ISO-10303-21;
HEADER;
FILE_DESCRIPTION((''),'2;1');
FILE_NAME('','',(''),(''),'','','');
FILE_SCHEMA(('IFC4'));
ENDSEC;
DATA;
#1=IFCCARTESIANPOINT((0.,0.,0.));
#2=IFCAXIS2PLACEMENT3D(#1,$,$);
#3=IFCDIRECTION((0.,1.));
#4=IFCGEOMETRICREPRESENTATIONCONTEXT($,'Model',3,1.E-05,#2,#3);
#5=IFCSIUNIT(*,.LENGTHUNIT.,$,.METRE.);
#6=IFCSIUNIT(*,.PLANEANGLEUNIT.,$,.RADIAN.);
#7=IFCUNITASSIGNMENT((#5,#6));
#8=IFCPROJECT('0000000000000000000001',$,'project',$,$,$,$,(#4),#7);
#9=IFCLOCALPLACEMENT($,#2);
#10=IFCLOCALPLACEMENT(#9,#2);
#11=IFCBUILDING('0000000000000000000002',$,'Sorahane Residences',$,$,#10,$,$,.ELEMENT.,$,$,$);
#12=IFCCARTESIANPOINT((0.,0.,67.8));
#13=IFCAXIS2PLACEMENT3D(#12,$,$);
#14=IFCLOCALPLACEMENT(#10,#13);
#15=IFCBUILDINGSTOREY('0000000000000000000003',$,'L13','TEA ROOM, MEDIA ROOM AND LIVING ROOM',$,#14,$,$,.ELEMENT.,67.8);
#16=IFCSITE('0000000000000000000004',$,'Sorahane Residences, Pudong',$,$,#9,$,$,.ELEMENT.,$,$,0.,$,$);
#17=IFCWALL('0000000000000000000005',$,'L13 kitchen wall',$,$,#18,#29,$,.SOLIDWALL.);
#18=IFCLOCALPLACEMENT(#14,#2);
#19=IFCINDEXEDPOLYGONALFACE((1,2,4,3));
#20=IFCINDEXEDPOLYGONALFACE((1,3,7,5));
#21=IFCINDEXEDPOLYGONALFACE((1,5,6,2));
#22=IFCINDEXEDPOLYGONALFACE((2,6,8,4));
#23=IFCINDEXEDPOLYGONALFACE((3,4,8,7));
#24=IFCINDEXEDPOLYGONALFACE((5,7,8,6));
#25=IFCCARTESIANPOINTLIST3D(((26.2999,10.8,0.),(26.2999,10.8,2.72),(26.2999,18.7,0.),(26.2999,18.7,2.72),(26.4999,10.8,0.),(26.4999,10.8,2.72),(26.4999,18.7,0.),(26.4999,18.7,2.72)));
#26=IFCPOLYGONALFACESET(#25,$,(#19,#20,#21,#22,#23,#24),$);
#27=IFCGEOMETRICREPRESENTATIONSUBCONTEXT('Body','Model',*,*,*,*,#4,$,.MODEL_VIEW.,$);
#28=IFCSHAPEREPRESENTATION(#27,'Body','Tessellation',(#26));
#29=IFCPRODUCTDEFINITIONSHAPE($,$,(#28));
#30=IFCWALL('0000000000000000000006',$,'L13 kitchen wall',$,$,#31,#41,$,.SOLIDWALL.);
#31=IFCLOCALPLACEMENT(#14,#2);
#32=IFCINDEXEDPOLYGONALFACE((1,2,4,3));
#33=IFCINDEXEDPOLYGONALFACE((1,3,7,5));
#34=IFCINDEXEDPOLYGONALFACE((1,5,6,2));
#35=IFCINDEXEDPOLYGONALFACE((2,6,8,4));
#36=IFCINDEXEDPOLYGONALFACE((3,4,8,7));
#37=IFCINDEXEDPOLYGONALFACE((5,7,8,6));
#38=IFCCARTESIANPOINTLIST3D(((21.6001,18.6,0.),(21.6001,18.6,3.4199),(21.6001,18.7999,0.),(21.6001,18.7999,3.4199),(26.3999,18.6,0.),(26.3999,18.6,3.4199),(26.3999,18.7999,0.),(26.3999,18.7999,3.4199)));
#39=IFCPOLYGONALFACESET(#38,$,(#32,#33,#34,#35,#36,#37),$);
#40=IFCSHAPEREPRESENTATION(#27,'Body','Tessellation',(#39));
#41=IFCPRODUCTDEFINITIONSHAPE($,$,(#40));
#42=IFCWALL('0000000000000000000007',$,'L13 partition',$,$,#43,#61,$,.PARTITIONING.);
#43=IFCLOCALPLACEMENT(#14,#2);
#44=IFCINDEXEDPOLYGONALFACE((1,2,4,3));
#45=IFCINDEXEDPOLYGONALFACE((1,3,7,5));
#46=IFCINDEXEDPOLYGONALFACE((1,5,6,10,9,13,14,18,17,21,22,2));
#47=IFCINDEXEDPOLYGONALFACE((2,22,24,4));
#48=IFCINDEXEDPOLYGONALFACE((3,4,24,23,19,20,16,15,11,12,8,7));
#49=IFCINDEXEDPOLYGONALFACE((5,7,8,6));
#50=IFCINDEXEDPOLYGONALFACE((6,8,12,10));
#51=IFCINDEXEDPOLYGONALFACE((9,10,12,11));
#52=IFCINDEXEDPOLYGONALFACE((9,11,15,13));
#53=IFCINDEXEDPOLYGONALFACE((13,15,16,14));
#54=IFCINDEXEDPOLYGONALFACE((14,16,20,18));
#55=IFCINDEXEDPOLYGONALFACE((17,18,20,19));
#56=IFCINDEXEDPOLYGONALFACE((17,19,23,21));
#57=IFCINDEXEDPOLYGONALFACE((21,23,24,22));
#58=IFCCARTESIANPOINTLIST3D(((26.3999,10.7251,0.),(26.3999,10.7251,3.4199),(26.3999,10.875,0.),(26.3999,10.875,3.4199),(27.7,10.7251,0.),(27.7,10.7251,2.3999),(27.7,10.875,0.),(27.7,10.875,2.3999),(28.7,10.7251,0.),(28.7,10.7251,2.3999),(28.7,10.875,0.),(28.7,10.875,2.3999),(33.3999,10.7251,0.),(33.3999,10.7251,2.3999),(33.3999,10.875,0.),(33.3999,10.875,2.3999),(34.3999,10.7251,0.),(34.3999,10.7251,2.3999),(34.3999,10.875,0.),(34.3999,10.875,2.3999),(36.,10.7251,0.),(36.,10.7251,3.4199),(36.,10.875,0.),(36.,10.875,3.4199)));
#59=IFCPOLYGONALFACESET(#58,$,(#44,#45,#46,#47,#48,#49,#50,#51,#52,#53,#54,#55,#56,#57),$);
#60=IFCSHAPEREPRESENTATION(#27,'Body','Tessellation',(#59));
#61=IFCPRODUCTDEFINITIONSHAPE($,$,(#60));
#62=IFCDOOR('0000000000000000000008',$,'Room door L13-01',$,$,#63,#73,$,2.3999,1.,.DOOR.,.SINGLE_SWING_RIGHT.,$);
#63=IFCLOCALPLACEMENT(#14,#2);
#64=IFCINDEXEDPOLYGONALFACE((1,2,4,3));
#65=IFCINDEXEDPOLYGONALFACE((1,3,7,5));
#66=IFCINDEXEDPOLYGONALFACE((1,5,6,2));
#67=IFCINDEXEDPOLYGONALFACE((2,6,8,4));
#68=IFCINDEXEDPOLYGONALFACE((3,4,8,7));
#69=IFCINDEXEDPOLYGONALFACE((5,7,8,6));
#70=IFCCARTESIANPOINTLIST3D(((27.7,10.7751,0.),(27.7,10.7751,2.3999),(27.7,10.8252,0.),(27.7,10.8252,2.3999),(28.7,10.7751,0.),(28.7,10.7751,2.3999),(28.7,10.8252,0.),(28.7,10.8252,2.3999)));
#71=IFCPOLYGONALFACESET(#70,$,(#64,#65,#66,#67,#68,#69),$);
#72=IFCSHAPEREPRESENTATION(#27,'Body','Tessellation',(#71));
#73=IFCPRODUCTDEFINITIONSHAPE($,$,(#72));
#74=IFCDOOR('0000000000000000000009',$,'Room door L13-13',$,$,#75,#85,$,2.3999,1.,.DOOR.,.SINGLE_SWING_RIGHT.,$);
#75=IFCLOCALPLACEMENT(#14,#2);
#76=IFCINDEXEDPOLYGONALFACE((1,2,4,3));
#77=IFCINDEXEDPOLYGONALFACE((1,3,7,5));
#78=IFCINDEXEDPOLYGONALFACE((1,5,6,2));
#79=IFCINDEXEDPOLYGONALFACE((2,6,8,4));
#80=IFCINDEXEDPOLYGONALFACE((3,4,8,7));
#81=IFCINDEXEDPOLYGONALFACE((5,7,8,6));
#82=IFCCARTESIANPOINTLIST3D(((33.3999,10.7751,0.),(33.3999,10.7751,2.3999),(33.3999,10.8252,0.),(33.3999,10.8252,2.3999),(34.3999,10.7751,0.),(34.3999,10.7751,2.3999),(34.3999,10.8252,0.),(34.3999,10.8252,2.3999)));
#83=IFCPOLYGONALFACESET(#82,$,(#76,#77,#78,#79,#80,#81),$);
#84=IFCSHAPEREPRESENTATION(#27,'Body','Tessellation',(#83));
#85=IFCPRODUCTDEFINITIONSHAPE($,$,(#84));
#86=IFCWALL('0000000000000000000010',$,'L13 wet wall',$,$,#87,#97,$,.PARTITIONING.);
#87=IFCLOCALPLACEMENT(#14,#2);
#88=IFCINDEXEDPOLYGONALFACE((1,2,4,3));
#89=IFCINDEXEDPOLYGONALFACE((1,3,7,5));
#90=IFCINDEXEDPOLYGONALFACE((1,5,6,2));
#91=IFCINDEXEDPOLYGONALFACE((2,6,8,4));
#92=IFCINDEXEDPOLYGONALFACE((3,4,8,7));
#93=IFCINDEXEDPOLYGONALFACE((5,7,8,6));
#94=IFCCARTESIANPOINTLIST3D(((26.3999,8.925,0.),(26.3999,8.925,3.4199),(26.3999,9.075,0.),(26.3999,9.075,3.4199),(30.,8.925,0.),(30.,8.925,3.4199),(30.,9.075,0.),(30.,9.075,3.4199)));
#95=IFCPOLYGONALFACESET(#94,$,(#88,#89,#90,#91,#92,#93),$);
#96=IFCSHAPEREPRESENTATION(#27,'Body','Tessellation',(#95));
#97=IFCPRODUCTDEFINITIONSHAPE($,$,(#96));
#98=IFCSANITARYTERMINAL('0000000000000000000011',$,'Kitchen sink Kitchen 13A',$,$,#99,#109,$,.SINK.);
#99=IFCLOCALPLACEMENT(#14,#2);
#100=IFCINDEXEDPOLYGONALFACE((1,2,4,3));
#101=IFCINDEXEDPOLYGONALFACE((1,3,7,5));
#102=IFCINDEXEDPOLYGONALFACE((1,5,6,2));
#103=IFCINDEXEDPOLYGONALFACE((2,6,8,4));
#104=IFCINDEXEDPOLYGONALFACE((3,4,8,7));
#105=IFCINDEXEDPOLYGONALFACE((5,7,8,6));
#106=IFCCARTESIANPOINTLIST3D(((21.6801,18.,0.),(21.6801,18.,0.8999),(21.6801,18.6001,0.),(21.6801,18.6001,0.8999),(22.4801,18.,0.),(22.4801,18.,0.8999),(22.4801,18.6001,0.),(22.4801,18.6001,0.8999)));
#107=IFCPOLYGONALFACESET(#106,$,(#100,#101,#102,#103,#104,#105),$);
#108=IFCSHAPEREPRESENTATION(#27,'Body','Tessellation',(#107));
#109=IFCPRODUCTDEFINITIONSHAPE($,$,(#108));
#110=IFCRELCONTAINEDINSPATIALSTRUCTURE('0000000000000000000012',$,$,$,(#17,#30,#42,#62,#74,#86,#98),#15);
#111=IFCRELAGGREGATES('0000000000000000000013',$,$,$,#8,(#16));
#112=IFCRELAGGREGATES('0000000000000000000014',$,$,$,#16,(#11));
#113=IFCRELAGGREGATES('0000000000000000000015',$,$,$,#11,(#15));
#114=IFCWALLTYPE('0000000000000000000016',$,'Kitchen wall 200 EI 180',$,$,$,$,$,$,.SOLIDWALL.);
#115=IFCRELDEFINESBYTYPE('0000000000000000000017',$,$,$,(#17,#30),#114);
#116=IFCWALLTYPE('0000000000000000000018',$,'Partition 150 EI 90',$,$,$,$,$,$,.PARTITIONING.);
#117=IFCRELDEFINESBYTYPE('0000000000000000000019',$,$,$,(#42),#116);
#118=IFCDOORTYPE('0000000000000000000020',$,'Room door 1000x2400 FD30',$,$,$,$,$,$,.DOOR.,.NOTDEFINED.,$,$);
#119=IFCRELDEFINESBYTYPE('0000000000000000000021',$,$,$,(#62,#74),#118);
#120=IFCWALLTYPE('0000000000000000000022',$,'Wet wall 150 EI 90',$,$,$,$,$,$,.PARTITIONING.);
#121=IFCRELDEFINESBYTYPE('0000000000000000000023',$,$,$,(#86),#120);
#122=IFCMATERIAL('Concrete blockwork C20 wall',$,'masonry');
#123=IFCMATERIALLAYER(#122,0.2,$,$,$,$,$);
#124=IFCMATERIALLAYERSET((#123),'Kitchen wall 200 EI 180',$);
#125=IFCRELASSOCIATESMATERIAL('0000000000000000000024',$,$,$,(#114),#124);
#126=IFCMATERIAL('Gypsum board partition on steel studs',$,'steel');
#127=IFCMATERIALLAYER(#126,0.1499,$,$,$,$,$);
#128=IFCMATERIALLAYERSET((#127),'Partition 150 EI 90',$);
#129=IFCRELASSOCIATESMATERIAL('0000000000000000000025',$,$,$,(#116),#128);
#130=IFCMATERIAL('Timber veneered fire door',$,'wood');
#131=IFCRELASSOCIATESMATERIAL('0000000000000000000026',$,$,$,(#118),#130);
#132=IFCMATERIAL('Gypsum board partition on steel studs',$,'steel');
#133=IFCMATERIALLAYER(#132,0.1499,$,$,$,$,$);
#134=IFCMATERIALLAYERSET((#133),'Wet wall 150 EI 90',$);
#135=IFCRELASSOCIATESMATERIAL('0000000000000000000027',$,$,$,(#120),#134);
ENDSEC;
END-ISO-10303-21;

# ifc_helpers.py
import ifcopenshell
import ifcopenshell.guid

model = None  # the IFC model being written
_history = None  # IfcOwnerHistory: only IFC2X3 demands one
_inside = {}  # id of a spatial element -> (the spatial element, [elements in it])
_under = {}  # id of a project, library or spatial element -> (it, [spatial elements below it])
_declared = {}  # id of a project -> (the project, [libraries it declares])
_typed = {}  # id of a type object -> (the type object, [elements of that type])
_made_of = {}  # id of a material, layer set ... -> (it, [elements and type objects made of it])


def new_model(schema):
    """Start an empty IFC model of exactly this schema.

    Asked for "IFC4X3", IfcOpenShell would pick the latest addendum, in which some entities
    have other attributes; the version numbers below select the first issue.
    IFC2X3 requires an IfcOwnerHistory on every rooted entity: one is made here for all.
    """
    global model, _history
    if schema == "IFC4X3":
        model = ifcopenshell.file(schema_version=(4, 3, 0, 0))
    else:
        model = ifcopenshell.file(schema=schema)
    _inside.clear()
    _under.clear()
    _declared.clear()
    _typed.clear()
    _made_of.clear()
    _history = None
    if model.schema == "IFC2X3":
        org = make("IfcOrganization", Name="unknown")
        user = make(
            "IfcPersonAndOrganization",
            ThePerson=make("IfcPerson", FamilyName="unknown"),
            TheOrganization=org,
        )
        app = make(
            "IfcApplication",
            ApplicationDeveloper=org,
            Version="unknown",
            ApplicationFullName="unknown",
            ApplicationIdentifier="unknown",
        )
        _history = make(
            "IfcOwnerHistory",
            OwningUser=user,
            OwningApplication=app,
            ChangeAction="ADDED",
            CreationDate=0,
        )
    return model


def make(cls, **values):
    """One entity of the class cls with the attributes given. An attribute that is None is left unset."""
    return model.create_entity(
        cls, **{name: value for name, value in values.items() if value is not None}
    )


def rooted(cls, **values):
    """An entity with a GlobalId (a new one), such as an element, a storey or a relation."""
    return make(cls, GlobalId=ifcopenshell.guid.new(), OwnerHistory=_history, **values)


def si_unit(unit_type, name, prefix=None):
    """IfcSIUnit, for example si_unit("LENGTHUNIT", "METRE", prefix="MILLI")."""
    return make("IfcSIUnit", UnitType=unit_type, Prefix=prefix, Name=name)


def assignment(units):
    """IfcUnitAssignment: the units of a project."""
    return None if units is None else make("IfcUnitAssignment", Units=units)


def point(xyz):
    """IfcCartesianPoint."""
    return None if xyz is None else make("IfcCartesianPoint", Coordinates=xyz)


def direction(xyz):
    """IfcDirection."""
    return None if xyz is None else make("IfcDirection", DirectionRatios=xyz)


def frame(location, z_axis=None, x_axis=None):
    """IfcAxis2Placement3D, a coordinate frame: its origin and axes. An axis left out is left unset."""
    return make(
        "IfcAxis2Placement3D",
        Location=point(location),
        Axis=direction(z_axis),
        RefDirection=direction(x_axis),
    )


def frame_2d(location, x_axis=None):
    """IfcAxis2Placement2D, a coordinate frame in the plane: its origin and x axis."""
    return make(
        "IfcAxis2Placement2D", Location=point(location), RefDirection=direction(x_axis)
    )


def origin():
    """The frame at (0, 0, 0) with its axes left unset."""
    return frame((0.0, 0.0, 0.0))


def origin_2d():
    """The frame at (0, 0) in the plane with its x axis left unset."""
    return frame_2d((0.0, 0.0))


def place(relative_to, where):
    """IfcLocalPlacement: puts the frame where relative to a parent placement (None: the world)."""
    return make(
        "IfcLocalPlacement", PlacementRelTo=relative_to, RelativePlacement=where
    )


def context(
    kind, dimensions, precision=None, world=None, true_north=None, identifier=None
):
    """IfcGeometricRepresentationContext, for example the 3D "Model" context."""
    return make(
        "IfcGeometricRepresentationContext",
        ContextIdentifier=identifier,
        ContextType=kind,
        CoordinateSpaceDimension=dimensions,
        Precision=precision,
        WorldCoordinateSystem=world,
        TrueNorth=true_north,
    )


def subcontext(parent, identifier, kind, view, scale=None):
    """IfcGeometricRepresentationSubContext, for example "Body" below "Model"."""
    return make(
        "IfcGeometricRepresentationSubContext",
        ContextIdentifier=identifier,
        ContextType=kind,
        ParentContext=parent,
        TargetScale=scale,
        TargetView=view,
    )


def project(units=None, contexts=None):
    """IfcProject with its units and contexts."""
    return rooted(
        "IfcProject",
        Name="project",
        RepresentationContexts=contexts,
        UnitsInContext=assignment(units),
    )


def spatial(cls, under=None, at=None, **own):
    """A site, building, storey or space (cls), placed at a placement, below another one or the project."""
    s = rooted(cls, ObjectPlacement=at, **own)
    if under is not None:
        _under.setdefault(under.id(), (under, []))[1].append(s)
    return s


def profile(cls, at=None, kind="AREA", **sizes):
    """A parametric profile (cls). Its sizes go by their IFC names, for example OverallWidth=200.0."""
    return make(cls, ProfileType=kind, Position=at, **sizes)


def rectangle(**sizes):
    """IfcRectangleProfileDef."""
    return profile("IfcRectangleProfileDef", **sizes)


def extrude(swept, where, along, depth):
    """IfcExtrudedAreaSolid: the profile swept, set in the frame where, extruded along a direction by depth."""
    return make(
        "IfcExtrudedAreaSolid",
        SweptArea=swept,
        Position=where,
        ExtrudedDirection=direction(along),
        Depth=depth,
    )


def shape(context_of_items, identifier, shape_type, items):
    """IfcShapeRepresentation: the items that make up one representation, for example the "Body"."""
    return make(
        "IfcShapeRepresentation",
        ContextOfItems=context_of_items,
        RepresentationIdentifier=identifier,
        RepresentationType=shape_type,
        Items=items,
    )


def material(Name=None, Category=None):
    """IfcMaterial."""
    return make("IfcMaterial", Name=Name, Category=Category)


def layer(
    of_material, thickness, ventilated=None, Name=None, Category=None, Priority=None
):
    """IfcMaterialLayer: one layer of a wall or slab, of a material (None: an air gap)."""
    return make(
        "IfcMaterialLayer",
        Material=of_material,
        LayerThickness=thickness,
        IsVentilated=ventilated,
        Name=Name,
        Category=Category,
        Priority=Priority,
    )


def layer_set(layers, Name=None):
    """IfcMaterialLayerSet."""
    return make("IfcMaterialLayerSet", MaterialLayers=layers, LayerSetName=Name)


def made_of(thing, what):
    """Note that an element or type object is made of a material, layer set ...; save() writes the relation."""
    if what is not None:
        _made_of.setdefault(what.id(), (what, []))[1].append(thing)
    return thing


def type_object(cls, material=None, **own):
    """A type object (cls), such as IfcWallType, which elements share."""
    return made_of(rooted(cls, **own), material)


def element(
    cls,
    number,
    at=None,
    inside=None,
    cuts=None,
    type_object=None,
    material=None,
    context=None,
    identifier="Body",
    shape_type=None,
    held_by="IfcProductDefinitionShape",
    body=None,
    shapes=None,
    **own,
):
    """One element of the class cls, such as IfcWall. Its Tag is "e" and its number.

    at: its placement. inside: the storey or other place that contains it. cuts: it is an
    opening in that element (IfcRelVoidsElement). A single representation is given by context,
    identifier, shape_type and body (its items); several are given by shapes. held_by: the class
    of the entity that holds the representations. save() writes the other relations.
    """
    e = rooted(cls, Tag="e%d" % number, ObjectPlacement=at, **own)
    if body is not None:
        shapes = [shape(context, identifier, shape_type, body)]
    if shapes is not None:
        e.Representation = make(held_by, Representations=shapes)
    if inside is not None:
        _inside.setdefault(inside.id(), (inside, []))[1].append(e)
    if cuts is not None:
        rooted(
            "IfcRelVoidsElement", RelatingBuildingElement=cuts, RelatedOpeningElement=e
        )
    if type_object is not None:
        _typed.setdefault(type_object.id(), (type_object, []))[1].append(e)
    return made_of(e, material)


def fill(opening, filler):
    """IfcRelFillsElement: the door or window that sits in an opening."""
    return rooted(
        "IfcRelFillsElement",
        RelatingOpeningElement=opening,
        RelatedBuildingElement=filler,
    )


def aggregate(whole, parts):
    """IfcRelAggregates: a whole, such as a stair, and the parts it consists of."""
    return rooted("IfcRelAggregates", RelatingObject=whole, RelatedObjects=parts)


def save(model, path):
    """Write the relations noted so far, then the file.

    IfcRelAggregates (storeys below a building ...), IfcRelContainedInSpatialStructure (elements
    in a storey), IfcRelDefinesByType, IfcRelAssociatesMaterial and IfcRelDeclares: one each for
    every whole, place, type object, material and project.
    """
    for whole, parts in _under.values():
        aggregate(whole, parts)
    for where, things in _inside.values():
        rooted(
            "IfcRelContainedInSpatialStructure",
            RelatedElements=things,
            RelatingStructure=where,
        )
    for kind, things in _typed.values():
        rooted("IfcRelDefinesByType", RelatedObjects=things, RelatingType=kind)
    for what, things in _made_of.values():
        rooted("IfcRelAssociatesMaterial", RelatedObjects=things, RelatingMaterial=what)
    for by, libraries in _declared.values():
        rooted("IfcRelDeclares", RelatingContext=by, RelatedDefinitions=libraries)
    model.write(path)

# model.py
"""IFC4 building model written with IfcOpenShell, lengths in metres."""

from ifc_helpers import new_model, si_unit, direction, frame, frame_2d, origin, origin_2d, place, context, subcontext, project, spatial, rectangle, extrude, material, layer, layer_set, type_object, element, fill, save


model = new_model("IFC4")

# Units and contexts
model_context = context("Model", 3, precision=1e-05, world=origin(), true_north=direction((0.0, 1.0)))
body_context = subcontext(model_context, "Body", "Model", "MODEL_VIEW")
ifc_project = project(units=[si_unit("LENGTHUNIT", "METRE"), si_unit("PLANEANGLEUNIT", "RADIAN")], contexts=[model_context])

# Site, building, storey
site_placement = place(None, origin())
site = spatial("IfcSite", under=ifc_project, at=site_placement, Name="Sorahane Residences, Pudong", CompositionType="ELEMENT", RefElevation=0.0)
building_placement = place(site_placement, origin())
building = spatial("IfcBuilding", under=site, at=building_placement, Name="Sorahane Residences", CompositionType="ELEMENT")
storey_placement = place(building_placement, frame((0.0, 0.0, 67.8)))
storey = spatial("IfcBuildingStorey", under=building, at=storey_placement, Name="L13", Description="TEA ROOM, MEDIA ROOM AND LIVING ROOM", CompositionType="ELEMENT", Elevation=67.8)

# Wall
ifc_material_1 = material(Name="Concrete blockwork C20 wall", Category="masonry")
ifc_layer_1 = layer(ifc_material_1, 0.2)
ifc_layer_set_1 = layer_set([ifc_layer_1], Name="Kitchen wall 200 EI 180")
wall_type_1 = type_object("IfcWallType", Name="Kitchen wall 200 EI 180", PredefinedType="SOLIDWALL", material=ifc_layer_set_1)
wall_1_placement = place(storey_placement, frame((26.3999, 10.8, 0.0), z_axis=(0.0, 0.0, 1.0), x_axis=(0.0, 1.0, 0.0)))
element("IfcWall", 1, at=wall_1_placement, inside=storey, type_object=wall_type_1, Name="L13 kitchen wall", PredefinedType="SOLIDWALL", context=body_context, shape_type="SweptSolid", body=[
    extrude(rectangle(XDim=7.8999, YDim=0.2, at=frame_2d((3.95, 0.0))), origin(), (0.0, 0.0, 1.0), 2.72),
])

# Wall
wall_2_placement = place(storey_placement, frame((21.6001, 18.7, 0.0), z_axis=(0.0, 0.0, 1.0), x_axis=(1.0, 0.0, 0.0)))
element("IfcWall", 2, at=wall_2_placement, inside=storey, type_object=wall_type_1, Name="L13 kitchen wall", PredefinedType="SOLIDWALL", context=body_context, shape_type="SweptSolid", body=[
    extrude(rectangle(XDim=4.7998, YDim=0.2, at=frame_2d((2.3999, 0.0))), origin(), (0.0, 0.0, 1.0), 3.4199),
])

# Wall, openings, doors
ifc_material_2 = material(Name="Gypsum board partition on steel studs", Category="steel")
ifc_layer_2 = layer(ifc_material_2, 0.1499)
ifc_layer_set_2 = layer_set([ifc_layer_2], Name="Partition 150 EI 90")
wall_type_2 = type_object("IfcWallType", Name="Partition 150 EI 90", PredefinedType="PARTITIONING", material=ifc_layer_set_2)
wall_3_placement = place(storey_placement, frame((26.3999, 10.8, 0.0), z_axis=(0.0, 0.0, 1.0), x_axis=(1.0, 0.0, 0.0)))
wall_3 = element("IfcWall", 3, at=wall_3_placement, inside=storey, type_object=wall_type_2, Name="L13 partition", PredefinedType="PARTITIONING", context=body_context, shape_type="SweptSolid", body=[
    extrude(rectangle(XDim=9.6001, YDim=0.1499, at=frame_2d((4.8, 0.0))), origin(), (0.0, 0.0, 1.0), 3.4199),
])
opening_1_placement = place(wall_3_placement, frame((1.3, 0.0, 0.0)))
opening_1 = element("IfcOpeningElement", 4, at=opening_1_placement, cuts=wall_3, PredefinedType="OPENING", context=body_context, shape_type="SweptSolid", body=[
    extrude(rectangle(XDim=1.0, YDim=2.3999, at=frame_2d((0.5, 1.2))), frame((0.0, 0.085, 0.0), z_axis=(0.0, -1.0, 0.0), x_axis=(1.0, 0.0, 0.0)), (0.0, 0.0, 1.0), 0.1699),
])
opening_2_placement = place(wall_3_placement, frame((7.0, 0.0, 0.0)))
opening_2 = element("IfcOpeningElement", 5, at=opening_2_placement, cuts=wall_3, PredefinedType="OPENING", context=body_context, shape_type="SweptSolid", body=[
    extrude(rectangle(XDim=1.0, YDim=2.3999, at=frame_2d((0.5, 1.2))), frame((0.0, 0.085, 0.0), z_axis=(0.0, -1.0, 0.0), x_axis=(1.0, 0.0, 0.0)), (0.0, 0.0, 1.0), 0.1699),
])
ifc_material_3 = material(Name="Timber veneered fire door", Category="wood")
door_type_1 = type_object("IfcDoorType", Name="Room door 1000x2400 FD30", OperationType="NOTDEFINED", PredefinedType="DOOR", material=ifc_material_3)
door_1_placement = place(opening_1_placement, frame((1.0, 0.0, 0.0), z_axis=(0.0, 0.0, 1.0), x_axis=(-1.0, 0.0, 0.0)))
door_1 = element("IfcDoor", 6, at=door_1_placement, inside=storey, type_object=door_type_1, Name="Room door L13-01", OperationType="SINGLE_SWING_RIGHT", OverallHeight=2.3999, OverallWidth=1.0, PredefinedType="DOOR", context=body_context, shape_type="SweptSolid", body=[
    extrude(rectangle(XDim=1.0, YDim=2.3999, at=frame_2d((0.5, 1.2))), frame((0.0, 0.0249, 0.0), z_axis=(0.0, -1.0, 0.0), x_axis=(1.0, 0.0, 0.0)), (0.0, 0.0, 1.0), 0.05),
])
fill(opening_1, door_1)
door_2_placement = place(opening_2_placement, frame((1.0, 0.0, 0.0), z_axis=(0.0, 0.0, 1.0), x_axis=(-1.0, 0.0, 0.0)))
door_2 = element("IfcDoor", 7, at=door_2_placement, inside=storey, type_object=door_type_1, Name="Room door L13-13", OperationType="SINGLE_SWING_RIGHT", OverallHeight=2.3999, OverallWidth=1.0, PredefinedType="DOOR", context=body_context, shape_type="SweptSolid", body=[
    extrude(rectangle(XDim=1.0, YDim=2.3999, at=frame_2d((0.5, 1.2))), frame((0.0, 0.0249, 0.0), z_axis=(0.0, -1.0, 0.0), x_axis=(1.0, 0.0, 0.0)), (0.0, 0.0, 1.0), 0.05),
])
fill(opening_2, door_2)

# Wall
ifc_material_4 = material(Name="Gypsum board partition on steel studs", Category="steel")
ifc_layer_3 = layer(ifc_material_4, 0.1499)
ifc_layer_set_3 = layer_set([ifc_layer_3], Name="Wet wall 150 EI 90")
wall_type_3 = type_object("IfcWallType", Name="Wet wall 150 EI 90", PredefinedType="PARTITIONING", material=ifc_layer_set_3)
wall_4_placement = place(storey_placement, frame((26.3999, 9.0, 0.0), z_axis=(0.0, 0.0, 1.0), x_axis=(1.0, 0.0, 0.0)))
element("IfcWall", 8, at=wall_4_placement, inside=storey, type_object=wall_type_3, Name="L13 wet wall", PredefinedType="PARTITIONING", context=body_context, shape_type="SweptSolid", body=[
    extrude(rectangle(XDim=3.6001, YDim=0.1499, at=frame_2d((1.8, 0.0))), origin(), (0.0, 0.0, 1.0), 3.4199),
])

# Sanitary terminal
sanitary_terminal_placement = place(storey_placement, frame((22.0801, 18.3, 0.0), z_axis=(0.0, 0.0, 1.0), x_axis=(1.0, 0.0, 0.0)))
element("IfcSanitaryTerminal", 9, at=sanitary_terminal_placement, inside=storey, Name="Kitchen sink Kitchen 13A", PredefinedType="SINK", context=body_context, shape_type="SweptSolid", body=[
    extrude(rectangle(XDim=0.8, YDim=0.6001, at=origin_2d()), origin(), (0.0, 0.0, 1.0), 0.8999),
])

save(model, "model.ifc")
